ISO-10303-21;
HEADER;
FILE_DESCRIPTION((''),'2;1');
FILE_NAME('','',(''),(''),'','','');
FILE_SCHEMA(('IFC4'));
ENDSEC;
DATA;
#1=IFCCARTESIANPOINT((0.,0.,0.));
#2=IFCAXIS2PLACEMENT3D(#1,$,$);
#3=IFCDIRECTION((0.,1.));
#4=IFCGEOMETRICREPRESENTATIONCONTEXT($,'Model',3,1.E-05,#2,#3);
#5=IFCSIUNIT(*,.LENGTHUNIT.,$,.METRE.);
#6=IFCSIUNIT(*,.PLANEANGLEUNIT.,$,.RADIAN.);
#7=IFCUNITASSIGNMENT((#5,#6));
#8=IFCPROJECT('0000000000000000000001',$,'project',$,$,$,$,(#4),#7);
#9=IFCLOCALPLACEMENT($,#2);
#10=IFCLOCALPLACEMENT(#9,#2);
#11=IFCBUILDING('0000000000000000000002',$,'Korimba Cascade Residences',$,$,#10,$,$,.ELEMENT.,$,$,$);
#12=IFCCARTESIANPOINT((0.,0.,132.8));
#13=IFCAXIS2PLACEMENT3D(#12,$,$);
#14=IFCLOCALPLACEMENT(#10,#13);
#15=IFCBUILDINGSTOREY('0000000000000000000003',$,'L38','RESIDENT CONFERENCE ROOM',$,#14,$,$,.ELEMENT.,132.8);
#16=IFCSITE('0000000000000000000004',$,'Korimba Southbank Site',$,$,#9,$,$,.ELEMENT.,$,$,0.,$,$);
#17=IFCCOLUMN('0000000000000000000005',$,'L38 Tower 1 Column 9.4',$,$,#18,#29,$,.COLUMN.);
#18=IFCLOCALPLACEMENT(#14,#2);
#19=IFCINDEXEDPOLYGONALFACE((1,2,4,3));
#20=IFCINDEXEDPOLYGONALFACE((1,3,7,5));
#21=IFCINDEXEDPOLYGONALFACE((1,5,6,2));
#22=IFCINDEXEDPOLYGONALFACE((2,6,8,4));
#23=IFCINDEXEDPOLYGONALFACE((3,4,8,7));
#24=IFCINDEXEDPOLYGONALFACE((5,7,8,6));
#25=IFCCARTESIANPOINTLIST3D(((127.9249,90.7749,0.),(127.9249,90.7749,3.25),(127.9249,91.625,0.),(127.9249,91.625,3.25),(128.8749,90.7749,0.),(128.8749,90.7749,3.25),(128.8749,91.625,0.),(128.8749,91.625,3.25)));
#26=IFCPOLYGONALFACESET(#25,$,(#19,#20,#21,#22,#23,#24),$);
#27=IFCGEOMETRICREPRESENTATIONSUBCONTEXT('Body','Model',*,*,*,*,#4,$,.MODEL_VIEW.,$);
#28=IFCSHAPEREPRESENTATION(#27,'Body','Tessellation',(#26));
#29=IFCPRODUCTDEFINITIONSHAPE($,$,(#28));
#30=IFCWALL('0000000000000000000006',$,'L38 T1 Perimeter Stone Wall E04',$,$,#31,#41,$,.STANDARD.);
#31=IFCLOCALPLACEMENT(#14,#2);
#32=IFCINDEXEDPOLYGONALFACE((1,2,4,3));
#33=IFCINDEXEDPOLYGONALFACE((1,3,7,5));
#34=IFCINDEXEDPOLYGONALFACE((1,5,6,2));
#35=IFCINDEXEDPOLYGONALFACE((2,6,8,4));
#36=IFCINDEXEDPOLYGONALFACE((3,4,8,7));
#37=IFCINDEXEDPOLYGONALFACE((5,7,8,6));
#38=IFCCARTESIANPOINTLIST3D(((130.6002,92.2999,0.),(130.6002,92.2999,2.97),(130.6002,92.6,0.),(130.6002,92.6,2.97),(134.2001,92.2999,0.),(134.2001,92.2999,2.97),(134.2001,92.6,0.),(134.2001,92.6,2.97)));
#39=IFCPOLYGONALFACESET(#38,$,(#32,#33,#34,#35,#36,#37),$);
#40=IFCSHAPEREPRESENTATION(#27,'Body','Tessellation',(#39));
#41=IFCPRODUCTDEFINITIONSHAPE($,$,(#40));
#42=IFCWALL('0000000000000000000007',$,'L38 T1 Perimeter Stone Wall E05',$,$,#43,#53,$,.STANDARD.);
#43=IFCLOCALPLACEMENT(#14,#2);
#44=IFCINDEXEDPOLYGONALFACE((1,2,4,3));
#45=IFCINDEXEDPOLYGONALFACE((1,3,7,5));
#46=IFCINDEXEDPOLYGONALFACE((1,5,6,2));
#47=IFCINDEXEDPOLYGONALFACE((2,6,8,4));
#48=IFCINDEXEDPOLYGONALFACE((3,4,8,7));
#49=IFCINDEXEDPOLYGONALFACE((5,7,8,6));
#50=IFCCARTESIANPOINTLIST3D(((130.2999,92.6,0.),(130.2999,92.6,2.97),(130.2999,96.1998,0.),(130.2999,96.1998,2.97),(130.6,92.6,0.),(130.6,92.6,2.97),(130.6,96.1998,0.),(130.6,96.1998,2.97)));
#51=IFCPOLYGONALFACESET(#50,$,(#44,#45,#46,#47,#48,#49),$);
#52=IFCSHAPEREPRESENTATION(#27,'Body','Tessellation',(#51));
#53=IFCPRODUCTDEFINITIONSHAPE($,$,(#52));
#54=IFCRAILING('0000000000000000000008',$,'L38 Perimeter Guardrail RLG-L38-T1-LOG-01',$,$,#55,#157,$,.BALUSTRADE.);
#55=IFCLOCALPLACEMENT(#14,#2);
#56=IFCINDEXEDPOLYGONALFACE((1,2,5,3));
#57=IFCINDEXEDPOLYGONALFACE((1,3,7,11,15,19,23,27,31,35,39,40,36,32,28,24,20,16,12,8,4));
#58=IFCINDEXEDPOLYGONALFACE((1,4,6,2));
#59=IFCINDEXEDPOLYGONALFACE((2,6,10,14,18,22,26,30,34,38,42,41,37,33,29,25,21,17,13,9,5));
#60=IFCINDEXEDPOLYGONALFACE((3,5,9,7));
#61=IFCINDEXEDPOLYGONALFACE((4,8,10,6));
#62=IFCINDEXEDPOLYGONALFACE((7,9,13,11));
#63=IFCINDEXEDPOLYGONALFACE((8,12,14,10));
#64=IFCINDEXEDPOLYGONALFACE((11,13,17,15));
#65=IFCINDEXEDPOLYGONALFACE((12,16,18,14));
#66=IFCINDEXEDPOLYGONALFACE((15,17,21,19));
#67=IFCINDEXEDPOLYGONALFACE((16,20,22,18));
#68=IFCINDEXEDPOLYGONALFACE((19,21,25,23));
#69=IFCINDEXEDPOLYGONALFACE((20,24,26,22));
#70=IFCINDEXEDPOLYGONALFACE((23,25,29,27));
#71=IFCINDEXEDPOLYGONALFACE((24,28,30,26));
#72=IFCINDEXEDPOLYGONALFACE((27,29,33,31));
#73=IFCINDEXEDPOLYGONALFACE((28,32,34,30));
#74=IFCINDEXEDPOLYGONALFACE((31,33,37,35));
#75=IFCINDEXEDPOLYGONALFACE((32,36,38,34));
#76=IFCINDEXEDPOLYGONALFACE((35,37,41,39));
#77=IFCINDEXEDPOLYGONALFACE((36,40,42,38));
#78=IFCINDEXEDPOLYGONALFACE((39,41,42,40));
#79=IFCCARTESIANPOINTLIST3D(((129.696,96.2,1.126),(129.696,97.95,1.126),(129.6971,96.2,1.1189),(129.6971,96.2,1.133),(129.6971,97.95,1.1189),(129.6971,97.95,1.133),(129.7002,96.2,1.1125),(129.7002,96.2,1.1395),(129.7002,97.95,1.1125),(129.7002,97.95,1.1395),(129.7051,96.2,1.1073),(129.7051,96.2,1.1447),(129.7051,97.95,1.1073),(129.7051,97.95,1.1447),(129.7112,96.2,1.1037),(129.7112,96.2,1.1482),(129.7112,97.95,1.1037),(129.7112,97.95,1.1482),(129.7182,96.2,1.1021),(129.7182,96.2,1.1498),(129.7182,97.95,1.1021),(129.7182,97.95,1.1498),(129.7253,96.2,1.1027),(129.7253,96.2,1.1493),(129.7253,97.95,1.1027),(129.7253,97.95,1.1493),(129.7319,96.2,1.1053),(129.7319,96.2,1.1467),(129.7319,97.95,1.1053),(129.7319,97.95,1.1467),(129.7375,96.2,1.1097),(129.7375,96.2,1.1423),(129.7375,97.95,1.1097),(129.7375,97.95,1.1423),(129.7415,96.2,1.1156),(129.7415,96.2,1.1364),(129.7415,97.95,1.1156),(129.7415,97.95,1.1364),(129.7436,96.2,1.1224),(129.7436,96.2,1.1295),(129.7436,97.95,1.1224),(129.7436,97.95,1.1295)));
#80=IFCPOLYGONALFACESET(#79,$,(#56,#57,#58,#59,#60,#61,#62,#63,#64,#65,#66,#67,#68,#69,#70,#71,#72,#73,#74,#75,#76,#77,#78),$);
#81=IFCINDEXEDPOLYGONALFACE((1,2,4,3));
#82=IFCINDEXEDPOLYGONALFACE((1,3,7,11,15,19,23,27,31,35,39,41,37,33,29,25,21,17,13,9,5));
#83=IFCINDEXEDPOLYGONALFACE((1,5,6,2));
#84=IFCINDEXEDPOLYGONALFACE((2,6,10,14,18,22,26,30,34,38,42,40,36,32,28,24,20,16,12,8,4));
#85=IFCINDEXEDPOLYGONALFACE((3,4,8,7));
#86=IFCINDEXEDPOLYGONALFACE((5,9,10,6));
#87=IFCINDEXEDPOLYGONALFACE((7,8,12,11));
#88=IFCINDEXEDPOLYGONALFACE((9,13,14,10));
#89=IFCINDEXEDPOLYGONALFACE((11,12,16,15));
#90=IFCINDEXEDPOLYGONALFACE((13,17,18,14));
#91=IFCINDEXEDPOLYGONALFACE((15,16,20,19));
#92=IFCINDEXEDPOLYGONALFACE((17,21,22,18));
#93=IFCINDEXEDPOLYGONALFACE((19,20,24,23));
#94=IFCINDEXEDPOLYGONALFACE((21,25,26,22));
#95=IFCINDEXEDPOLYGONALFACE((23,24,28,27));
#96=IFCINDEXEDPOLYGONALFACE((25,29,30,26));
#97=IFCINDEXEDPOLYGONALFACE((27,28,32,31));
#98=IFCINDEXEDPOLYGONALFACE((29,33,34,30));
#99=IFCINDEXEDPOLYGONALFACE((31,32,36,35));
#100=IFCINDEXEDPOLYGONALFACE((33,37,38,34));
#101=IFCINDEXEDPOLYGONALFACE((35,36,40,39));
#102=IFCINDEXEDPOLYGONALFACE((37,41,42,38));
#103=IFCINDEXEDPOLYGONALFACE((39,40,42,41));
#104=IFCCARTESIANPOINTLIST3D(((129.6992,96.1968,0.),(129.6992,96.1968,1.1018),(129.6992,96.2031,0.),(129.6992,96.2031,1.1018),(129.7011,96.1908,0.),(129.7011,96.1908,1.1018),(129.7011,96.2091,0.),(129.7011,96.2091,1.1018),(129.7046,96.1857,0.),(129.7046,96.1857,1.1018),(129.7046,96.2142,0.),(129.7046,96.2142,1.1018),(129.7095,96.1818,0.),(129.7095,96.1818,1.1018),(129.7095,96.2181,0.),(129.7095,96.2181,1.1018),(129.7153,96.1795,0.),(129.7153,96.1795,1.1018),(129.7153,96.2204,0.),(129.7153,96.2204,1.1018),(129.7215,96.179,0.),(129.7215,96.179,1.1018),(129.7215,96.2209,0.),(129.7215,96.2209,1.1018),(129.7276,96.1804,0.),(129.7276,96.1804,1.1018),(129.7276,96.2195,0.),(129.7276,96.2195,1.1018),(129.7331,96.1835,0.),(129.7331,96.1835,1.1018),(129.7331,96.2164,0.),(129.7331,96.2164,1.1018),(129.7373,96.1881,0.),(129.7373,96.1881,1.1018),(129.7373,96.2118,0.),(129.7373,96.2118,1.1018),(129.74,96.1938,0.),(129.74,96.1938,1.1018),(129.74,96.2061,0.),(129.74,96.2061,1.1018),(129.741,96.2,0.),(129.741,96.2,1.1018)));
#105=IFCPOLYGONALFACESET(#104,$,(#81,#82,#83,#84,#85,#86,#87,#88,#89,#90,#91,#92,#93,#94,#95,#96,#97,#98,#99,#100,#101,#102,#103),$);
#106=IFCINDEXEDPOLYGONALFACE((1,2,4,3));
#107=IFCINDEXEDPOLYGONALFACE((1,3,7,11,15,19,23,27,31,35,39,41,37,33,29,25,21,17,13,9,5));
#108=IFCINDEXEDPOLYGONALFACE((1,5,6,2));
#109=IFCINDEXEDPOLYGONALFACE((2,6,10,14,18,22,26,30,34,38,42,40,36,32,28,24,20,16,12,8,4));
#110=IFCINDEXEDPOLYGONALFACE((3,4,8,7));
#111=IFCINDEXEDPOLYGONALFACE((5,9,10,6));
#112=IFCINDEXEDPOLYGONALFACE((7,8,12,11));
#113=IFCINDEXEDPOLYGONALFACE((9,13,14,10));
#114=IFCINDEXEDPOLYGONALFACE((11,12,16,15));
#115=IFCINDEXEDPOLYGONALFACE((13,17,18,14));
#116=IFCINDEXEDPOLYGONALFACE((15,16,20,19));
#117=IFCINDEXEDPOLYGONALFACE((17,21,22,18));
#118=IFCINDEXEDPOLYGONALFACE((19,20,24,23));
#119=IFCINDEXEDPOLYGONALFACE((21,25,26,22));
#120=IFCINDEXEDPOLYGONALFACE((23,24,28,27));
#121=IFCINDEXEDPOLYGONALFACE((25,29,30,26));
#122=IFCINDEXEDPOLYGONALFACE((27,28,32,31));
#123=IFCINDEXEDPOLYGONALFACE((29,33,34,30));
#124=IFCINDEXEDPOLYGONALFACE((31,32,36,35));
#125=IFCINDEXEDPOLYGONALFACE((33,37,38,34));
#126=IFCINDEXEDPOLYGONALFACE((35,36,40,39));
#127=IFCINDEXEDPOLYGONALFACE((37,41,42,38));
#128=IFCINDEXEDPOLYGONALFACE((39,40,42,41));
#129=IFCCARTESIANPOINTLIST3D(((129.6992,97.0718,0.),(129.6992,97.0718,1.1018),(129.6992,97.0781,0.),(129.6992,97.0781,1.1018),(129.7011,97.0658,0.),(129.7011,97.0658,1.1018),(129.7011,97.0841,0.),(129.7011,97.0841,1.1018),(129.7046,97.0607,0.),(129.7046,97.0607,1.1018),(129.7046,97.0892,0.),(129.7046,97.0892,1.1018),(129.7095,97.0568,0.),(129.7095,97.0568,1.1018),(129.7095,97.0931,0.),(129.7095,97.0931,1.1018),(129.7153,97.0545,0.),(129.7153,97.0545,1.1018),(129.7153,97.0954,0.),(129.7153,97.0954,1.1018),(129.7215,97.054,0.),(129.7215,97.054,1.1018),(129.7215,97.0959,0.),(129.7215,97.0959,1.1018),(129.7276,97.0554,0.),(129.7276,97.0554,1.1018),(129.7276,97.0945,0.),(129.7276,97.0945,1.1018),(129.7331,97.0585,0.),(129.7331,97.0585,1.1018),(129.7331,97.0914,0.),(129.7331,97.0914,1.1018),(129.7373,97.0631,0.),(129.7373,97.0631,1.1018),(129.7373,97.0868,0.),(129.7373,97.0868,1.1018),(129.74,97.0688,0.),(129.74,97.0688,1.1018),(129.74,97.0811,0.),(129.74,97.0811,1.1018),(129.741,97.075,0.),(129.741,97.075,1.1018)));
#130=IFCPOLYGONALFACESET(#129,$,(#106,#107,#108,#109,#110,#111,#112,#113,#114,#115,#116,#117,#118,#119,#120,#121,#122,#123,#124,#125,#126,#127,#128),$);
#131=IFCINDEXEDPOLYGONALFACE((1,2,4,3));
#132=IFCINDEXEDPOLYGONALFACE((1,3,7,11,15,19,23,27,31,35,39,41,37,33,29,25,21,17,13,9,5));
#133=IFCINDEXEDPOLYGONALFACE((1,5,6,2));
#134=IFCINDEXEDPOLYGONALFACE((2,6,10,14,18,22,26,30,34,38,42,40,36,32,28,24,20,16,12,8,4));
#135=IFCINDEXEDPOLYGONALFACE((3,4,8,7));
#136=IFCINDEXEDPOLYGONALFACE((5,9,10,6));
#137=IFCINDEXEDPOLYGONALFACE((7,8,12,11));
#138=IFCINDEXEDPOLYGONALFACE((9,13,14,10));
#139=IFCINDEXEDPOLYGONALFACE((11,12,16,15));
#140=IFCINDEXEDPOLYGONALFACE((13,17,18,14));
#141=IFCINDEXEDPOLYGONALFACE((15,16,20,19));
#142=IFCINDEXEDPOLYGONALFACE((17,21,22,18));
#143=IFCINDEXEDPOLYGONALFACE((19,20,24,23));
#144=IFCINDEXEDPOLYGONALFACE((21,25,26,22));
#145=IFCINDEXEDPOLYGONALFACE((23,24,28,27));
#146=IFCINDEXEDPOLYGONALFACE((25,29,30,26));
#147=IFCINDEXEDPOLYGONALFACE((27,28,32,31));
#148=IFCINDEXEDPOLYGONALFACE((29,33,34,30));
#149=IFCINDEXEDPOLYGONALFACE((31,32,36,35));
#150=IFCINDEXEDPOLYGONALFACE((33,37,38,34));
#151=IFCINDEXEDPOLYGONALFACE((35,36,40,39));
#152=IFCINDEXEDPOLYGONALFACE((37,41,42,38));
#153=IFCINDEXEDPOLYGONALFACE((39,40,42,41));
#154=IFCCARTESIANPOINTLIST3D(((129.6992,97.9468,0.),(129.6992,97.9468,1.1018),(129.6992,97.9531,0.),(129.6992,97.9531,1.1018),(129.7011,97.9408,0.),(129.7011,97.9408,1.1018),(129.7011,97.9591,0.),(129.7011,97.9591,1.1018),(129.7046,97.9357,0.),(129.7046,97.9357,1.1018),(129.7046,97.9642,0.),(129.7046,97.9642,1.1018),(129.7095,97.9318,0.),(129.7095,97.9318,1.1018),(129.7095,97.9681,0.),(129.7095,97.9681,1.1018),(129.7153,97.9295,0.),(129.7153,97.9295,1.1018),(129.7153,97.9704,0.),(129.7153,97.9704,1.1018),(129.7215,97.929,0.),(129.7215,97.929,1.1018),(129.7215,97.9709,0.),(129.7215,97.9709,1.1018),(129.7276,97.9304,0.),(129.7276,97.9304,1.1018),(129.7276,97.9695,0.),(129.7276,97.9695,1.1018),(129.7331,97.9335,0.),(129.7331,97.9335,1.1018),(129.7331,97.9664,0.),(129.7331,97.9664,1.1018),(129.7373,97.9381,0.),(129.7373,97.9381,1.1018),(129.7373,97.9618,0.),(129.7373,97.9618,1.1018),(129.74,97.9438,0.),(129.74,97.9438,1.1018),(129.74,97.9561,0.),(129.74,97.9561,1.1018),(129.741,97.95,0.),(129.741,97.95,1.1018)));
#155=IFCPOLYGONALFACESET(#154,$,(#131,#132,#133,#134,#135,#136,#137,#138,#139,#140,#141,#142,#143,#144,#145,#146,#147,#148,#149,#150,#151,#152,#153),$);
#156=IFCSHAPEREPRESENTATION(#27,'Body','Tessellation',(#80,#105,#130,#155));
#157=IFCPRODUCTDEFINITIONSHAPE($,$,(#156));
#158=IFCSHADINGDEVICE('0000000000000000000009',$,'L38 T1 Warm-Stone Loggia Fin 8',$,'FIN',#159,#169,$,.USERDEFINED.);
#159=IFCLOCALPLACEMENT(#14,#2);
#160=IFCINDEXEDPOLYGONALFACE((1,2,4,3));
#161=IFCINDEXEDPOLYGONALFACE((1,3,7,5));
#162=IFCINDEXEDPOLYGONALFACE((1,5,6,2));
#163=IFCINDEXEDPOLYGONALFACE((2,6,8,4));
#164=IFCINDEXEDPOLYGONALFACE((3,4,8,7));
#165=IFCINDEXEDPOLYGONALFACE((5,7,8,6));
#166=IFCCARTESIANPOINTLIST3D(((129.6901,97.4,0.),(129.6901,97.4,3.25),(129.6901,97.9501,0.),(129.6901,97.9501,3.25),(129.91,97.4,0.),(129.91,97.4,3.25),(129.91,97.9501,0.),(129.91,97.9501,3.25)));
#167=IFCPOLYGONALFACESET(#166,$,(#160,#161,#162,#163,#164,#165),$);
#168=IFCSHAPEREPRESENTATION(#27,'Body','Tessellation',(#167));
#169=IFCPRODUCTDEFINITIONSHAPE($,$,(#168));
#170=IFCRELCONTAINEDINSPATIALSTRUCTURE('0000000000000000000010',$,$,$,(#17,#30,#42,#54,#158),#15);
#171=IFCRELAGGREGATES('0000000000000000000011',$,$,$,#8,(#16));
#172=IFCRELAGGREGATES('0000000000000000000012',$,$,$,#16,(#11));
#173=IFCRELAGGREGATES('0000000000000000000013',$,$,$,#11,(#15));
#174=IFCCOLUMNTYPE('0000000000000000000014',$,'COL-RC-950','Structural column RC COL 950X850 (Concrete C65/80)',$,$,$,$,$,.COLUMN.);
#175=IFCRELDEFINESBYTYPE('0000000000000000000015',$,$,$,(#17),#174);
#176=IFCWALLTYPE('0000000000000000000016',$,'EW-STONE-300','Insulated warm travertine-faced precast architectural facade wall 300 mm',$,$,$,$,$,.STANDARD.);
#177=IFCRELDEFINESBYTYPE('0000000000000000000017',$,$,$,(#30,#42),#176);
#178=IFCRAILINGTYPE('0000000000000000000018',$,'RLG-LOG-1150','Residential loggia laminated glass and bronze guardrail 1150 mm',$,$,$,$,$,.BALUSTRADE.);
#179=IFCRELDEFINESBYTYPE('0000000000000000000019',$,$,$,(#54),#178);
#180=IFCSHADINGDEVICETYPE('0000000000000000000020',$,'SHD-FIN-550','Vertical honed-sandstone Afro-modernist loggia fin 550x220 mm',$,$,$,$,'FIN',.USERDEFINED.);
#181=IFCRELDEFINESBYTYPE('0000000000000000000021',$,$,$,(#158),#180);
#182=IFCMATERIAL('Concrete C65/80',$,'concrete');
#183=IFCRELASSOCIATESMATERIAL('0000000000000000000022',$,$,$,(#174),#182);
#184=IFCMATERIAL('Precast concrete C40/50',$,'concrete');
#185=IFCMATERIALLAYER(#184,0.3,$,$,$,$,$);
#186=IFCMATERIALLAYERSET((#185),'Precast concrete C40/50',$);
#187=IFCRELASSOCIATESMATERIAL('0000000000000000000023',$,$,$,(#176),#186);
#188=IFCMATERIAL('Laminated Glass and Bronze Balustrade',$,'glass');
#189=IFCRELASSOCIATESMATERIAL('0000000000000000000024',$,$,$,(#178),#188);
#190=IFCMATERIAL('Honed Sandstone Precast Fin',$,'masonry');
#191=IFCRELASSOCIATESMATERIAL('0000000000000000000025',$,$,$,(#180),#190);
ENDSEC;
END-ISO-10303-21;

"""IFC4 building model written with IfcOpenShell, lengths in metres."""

from ifc_helpers import new_model, si_unit, direction, frame, frame_2d, origin, origin_2d, place, context, subcontext, project, spatial, rectangle, circle, extrude, material, layer, layer_set, material_profile, profile_set, type_object, element, save


model = new_model("IFC4")

# Units and contexts
model_context = context("Model", 3, precision=1e-05, world=origin(), true_north=direction((0.0, 1.0)))
body_context = subcontext(model_context, "Body", "Model", "MODEL_VIEW")
ifc_project = project(units=[si_unit("LENGTHUNIT", "METRE"), si_unit("PLANEANGLEUNIT", "RADIAN")], contexts=[model_context])

# Site, building, storey
site_placement = place(None, origin())
site = spatial("IfcSite", under=ifc_project, at=site_placement, Name="Korimba Southbank Site", CompositionType="ELEMENT", RefElevation=0.0)
building_placement = place(site_placement, origin())
building = spatial("IfcBuilding", under=site, at=building_placement, Name="Korimba Cascade Residences", CompositionType="ELEMENT")
storey_placement = place(building_placement, frame((0.0, 0.0, 132.8)))
storey = spatial("IfcBuildingStorey", under=building, at=storey_placement, Name="L38", Description="RESIDENT CONFERENCE ROOM", CompositionType="ELEMENT", Elevation=132.8)

# Column
ifc_material_1 = material(Name="Concrete C65/80", Category="concrete")
ifc_material_profile = material_profile(ifc_material_1, rectangle(XDim=0.95, YDim=0.8501, at=origin_2d()), Name="Concrete C65/80")
ifc_profile_set = profile_set([ifc_material_profile], Name="Concrete C65/80")
column_type = type_object("IfcColumnType", Name="COL-RC-950", Description="Structural column RC COL 950X850 (Concrete C65/80)", PredefinedType="COLUMN", material=ifc_profile_set)
column_placement = place(storey_placement, frame((128.3999, 91.2, 0.0), z_axis=(0.0, 0.0, 1.0), x_axis=(1.0, 0.0, 0.0)))
element("IfcColumn", 1, at=column_placement, inside=storey, type_object=column_type, Name="L38 Tower 1 Column 9.4", PredefinedType="COLUMN", context=body_context, shape_type="SweptSolid", body=[
    extrude(rectangle(XDim=0.95, YDim=0.8501, at=origin_2d()), origin(), (0.0, 0.0, 1.0), 3.25),
])

# Shared definitions
ifc_material_2 = material(Name="Precast concrete C40/50", Category="concrete")

# Walls
ifc_layer_1 = layer(ifc_material_2, 0.3)
ifc_layer_set_1 = layer_set([ifc_layer_1], Name="Precast concrete C40/50")
wall_type_1 = type_object("IfcWallType", Name="EW-STONE-300", Description="Insulated warm travertine-faced precast architectural facade wall 300 mm", PredefinedType="STANDARD", material=ifc_layer_set_1)
for number, where, z_axis, x_axis, name in (
    (2, (134.2, 92.45, 0.0), (0.0, 0.0, 1.0), (-1.0, 0.0, 0.0), "L38 T1 Perimeter Stone Wall E04"),
    (3, (130.45, 92.6001, 0.0), (0.0, 0.0, 1.0), (0.0, 1.0, 0.0), "L38 T1 Perimeter Stone Wall E05"),
):
    element("IfcWall", number, at=place(storey_placement, frame(where, z_axis=z_axis, x_axis=x_axis)), inside=storey, type_object=wall_type_1, Name=name, PredefinedType="STANDARD", context=body_context, shape_type="SweptSolid", body=[
        extrude(rectangle(XDim=3.5999, YDim=0.3, at=frame_2d((1.7998, 0.0))), origin(), (0.0, 0.0, 1.0), 2.97),
    ])

# Railing
ifc_material_3 = material(Name="Laminated Glass and Bronze Balustrade", Category="glass")
railing_type = type_object("IfcRailingType", Name="RLG-LOG-1150", Description="Residential loggia laminated glass and bronze guardrail 1150 mm", PredefinedType="BALUSTRADE", material=ifc_material_3)
railing_1_placement = place(storey_placement, frame((129.72, 96.2, 0.0)))
element("IfcRailing", 4, at=railing_1_placement, inside=storey, type_object=railing_type, Name="L38 Perimeter Guardrail RLG-L38-T1-LOG-01", PredefinedType="BALUSTRADE", context=body_context, shape_type="SweptSolid", body=[
    extrude(circle(Radius=0.0239, at=origin_2d()), frame((0.0, 0.0, 1.126), z_axis=(0.0, 1.0, 0.0), x_axis=(-1.0, 0.0, 0.0)), (0.0, 0.0, 1.0), 1.75),
    extrude(circle(Radius=0.021, at=origin_2d()), origin(), (0.0, 0.0, 1.0), 1.1018),
    extrude(circle(Radius=0.021, at=origin_2d()), frame((0.0, 0.875, 0.0)), (0.0, 0.0, 1.0), 1.1018),
    extrude(circle(Radius=0.021, at=origin_2d()), frame((0.0, 1.75, 0.0)), (0.0, 0.0, 1.0), 1.1018),
])

# Shading device
ifc_material_4 = material(Name="Honed Sandstone Precast Fin", Category="masonry")
shading_device_type = type_object("IfcShadingDeviceType", Name="SHD-FIN-550", Description="Vertical honed-sandstone Afro-modernist loggia fin 550x220 mm", ElementType="FIN", PredefinedType="USERDEFINED", material=ifc_material_4)
shading_device_placement = place(storey_placement, frame((129.8, 97.675, 0.0), z_axis=(0.0, 0.0, 1.0), x_axis=(1.0, 0.0, 0.0)))
element("IfcShadingDevice", 5, at=shading_device_placement, inside=storey, type_object=shading_device_type, Name="L38 T1 Warm-Stone Loggia Fin 8", ObjectType="FIN", PredefinedType="USERDEFINED", context=body_context, shape_type="SweptSolid", body=[
    extrude(rectangle(XDim=0.22, YDim=0.55, at=origin_2d()), origin(), (0.0, 0.0, 1.0), 3.25),
])

save(model, "model.ifc")
